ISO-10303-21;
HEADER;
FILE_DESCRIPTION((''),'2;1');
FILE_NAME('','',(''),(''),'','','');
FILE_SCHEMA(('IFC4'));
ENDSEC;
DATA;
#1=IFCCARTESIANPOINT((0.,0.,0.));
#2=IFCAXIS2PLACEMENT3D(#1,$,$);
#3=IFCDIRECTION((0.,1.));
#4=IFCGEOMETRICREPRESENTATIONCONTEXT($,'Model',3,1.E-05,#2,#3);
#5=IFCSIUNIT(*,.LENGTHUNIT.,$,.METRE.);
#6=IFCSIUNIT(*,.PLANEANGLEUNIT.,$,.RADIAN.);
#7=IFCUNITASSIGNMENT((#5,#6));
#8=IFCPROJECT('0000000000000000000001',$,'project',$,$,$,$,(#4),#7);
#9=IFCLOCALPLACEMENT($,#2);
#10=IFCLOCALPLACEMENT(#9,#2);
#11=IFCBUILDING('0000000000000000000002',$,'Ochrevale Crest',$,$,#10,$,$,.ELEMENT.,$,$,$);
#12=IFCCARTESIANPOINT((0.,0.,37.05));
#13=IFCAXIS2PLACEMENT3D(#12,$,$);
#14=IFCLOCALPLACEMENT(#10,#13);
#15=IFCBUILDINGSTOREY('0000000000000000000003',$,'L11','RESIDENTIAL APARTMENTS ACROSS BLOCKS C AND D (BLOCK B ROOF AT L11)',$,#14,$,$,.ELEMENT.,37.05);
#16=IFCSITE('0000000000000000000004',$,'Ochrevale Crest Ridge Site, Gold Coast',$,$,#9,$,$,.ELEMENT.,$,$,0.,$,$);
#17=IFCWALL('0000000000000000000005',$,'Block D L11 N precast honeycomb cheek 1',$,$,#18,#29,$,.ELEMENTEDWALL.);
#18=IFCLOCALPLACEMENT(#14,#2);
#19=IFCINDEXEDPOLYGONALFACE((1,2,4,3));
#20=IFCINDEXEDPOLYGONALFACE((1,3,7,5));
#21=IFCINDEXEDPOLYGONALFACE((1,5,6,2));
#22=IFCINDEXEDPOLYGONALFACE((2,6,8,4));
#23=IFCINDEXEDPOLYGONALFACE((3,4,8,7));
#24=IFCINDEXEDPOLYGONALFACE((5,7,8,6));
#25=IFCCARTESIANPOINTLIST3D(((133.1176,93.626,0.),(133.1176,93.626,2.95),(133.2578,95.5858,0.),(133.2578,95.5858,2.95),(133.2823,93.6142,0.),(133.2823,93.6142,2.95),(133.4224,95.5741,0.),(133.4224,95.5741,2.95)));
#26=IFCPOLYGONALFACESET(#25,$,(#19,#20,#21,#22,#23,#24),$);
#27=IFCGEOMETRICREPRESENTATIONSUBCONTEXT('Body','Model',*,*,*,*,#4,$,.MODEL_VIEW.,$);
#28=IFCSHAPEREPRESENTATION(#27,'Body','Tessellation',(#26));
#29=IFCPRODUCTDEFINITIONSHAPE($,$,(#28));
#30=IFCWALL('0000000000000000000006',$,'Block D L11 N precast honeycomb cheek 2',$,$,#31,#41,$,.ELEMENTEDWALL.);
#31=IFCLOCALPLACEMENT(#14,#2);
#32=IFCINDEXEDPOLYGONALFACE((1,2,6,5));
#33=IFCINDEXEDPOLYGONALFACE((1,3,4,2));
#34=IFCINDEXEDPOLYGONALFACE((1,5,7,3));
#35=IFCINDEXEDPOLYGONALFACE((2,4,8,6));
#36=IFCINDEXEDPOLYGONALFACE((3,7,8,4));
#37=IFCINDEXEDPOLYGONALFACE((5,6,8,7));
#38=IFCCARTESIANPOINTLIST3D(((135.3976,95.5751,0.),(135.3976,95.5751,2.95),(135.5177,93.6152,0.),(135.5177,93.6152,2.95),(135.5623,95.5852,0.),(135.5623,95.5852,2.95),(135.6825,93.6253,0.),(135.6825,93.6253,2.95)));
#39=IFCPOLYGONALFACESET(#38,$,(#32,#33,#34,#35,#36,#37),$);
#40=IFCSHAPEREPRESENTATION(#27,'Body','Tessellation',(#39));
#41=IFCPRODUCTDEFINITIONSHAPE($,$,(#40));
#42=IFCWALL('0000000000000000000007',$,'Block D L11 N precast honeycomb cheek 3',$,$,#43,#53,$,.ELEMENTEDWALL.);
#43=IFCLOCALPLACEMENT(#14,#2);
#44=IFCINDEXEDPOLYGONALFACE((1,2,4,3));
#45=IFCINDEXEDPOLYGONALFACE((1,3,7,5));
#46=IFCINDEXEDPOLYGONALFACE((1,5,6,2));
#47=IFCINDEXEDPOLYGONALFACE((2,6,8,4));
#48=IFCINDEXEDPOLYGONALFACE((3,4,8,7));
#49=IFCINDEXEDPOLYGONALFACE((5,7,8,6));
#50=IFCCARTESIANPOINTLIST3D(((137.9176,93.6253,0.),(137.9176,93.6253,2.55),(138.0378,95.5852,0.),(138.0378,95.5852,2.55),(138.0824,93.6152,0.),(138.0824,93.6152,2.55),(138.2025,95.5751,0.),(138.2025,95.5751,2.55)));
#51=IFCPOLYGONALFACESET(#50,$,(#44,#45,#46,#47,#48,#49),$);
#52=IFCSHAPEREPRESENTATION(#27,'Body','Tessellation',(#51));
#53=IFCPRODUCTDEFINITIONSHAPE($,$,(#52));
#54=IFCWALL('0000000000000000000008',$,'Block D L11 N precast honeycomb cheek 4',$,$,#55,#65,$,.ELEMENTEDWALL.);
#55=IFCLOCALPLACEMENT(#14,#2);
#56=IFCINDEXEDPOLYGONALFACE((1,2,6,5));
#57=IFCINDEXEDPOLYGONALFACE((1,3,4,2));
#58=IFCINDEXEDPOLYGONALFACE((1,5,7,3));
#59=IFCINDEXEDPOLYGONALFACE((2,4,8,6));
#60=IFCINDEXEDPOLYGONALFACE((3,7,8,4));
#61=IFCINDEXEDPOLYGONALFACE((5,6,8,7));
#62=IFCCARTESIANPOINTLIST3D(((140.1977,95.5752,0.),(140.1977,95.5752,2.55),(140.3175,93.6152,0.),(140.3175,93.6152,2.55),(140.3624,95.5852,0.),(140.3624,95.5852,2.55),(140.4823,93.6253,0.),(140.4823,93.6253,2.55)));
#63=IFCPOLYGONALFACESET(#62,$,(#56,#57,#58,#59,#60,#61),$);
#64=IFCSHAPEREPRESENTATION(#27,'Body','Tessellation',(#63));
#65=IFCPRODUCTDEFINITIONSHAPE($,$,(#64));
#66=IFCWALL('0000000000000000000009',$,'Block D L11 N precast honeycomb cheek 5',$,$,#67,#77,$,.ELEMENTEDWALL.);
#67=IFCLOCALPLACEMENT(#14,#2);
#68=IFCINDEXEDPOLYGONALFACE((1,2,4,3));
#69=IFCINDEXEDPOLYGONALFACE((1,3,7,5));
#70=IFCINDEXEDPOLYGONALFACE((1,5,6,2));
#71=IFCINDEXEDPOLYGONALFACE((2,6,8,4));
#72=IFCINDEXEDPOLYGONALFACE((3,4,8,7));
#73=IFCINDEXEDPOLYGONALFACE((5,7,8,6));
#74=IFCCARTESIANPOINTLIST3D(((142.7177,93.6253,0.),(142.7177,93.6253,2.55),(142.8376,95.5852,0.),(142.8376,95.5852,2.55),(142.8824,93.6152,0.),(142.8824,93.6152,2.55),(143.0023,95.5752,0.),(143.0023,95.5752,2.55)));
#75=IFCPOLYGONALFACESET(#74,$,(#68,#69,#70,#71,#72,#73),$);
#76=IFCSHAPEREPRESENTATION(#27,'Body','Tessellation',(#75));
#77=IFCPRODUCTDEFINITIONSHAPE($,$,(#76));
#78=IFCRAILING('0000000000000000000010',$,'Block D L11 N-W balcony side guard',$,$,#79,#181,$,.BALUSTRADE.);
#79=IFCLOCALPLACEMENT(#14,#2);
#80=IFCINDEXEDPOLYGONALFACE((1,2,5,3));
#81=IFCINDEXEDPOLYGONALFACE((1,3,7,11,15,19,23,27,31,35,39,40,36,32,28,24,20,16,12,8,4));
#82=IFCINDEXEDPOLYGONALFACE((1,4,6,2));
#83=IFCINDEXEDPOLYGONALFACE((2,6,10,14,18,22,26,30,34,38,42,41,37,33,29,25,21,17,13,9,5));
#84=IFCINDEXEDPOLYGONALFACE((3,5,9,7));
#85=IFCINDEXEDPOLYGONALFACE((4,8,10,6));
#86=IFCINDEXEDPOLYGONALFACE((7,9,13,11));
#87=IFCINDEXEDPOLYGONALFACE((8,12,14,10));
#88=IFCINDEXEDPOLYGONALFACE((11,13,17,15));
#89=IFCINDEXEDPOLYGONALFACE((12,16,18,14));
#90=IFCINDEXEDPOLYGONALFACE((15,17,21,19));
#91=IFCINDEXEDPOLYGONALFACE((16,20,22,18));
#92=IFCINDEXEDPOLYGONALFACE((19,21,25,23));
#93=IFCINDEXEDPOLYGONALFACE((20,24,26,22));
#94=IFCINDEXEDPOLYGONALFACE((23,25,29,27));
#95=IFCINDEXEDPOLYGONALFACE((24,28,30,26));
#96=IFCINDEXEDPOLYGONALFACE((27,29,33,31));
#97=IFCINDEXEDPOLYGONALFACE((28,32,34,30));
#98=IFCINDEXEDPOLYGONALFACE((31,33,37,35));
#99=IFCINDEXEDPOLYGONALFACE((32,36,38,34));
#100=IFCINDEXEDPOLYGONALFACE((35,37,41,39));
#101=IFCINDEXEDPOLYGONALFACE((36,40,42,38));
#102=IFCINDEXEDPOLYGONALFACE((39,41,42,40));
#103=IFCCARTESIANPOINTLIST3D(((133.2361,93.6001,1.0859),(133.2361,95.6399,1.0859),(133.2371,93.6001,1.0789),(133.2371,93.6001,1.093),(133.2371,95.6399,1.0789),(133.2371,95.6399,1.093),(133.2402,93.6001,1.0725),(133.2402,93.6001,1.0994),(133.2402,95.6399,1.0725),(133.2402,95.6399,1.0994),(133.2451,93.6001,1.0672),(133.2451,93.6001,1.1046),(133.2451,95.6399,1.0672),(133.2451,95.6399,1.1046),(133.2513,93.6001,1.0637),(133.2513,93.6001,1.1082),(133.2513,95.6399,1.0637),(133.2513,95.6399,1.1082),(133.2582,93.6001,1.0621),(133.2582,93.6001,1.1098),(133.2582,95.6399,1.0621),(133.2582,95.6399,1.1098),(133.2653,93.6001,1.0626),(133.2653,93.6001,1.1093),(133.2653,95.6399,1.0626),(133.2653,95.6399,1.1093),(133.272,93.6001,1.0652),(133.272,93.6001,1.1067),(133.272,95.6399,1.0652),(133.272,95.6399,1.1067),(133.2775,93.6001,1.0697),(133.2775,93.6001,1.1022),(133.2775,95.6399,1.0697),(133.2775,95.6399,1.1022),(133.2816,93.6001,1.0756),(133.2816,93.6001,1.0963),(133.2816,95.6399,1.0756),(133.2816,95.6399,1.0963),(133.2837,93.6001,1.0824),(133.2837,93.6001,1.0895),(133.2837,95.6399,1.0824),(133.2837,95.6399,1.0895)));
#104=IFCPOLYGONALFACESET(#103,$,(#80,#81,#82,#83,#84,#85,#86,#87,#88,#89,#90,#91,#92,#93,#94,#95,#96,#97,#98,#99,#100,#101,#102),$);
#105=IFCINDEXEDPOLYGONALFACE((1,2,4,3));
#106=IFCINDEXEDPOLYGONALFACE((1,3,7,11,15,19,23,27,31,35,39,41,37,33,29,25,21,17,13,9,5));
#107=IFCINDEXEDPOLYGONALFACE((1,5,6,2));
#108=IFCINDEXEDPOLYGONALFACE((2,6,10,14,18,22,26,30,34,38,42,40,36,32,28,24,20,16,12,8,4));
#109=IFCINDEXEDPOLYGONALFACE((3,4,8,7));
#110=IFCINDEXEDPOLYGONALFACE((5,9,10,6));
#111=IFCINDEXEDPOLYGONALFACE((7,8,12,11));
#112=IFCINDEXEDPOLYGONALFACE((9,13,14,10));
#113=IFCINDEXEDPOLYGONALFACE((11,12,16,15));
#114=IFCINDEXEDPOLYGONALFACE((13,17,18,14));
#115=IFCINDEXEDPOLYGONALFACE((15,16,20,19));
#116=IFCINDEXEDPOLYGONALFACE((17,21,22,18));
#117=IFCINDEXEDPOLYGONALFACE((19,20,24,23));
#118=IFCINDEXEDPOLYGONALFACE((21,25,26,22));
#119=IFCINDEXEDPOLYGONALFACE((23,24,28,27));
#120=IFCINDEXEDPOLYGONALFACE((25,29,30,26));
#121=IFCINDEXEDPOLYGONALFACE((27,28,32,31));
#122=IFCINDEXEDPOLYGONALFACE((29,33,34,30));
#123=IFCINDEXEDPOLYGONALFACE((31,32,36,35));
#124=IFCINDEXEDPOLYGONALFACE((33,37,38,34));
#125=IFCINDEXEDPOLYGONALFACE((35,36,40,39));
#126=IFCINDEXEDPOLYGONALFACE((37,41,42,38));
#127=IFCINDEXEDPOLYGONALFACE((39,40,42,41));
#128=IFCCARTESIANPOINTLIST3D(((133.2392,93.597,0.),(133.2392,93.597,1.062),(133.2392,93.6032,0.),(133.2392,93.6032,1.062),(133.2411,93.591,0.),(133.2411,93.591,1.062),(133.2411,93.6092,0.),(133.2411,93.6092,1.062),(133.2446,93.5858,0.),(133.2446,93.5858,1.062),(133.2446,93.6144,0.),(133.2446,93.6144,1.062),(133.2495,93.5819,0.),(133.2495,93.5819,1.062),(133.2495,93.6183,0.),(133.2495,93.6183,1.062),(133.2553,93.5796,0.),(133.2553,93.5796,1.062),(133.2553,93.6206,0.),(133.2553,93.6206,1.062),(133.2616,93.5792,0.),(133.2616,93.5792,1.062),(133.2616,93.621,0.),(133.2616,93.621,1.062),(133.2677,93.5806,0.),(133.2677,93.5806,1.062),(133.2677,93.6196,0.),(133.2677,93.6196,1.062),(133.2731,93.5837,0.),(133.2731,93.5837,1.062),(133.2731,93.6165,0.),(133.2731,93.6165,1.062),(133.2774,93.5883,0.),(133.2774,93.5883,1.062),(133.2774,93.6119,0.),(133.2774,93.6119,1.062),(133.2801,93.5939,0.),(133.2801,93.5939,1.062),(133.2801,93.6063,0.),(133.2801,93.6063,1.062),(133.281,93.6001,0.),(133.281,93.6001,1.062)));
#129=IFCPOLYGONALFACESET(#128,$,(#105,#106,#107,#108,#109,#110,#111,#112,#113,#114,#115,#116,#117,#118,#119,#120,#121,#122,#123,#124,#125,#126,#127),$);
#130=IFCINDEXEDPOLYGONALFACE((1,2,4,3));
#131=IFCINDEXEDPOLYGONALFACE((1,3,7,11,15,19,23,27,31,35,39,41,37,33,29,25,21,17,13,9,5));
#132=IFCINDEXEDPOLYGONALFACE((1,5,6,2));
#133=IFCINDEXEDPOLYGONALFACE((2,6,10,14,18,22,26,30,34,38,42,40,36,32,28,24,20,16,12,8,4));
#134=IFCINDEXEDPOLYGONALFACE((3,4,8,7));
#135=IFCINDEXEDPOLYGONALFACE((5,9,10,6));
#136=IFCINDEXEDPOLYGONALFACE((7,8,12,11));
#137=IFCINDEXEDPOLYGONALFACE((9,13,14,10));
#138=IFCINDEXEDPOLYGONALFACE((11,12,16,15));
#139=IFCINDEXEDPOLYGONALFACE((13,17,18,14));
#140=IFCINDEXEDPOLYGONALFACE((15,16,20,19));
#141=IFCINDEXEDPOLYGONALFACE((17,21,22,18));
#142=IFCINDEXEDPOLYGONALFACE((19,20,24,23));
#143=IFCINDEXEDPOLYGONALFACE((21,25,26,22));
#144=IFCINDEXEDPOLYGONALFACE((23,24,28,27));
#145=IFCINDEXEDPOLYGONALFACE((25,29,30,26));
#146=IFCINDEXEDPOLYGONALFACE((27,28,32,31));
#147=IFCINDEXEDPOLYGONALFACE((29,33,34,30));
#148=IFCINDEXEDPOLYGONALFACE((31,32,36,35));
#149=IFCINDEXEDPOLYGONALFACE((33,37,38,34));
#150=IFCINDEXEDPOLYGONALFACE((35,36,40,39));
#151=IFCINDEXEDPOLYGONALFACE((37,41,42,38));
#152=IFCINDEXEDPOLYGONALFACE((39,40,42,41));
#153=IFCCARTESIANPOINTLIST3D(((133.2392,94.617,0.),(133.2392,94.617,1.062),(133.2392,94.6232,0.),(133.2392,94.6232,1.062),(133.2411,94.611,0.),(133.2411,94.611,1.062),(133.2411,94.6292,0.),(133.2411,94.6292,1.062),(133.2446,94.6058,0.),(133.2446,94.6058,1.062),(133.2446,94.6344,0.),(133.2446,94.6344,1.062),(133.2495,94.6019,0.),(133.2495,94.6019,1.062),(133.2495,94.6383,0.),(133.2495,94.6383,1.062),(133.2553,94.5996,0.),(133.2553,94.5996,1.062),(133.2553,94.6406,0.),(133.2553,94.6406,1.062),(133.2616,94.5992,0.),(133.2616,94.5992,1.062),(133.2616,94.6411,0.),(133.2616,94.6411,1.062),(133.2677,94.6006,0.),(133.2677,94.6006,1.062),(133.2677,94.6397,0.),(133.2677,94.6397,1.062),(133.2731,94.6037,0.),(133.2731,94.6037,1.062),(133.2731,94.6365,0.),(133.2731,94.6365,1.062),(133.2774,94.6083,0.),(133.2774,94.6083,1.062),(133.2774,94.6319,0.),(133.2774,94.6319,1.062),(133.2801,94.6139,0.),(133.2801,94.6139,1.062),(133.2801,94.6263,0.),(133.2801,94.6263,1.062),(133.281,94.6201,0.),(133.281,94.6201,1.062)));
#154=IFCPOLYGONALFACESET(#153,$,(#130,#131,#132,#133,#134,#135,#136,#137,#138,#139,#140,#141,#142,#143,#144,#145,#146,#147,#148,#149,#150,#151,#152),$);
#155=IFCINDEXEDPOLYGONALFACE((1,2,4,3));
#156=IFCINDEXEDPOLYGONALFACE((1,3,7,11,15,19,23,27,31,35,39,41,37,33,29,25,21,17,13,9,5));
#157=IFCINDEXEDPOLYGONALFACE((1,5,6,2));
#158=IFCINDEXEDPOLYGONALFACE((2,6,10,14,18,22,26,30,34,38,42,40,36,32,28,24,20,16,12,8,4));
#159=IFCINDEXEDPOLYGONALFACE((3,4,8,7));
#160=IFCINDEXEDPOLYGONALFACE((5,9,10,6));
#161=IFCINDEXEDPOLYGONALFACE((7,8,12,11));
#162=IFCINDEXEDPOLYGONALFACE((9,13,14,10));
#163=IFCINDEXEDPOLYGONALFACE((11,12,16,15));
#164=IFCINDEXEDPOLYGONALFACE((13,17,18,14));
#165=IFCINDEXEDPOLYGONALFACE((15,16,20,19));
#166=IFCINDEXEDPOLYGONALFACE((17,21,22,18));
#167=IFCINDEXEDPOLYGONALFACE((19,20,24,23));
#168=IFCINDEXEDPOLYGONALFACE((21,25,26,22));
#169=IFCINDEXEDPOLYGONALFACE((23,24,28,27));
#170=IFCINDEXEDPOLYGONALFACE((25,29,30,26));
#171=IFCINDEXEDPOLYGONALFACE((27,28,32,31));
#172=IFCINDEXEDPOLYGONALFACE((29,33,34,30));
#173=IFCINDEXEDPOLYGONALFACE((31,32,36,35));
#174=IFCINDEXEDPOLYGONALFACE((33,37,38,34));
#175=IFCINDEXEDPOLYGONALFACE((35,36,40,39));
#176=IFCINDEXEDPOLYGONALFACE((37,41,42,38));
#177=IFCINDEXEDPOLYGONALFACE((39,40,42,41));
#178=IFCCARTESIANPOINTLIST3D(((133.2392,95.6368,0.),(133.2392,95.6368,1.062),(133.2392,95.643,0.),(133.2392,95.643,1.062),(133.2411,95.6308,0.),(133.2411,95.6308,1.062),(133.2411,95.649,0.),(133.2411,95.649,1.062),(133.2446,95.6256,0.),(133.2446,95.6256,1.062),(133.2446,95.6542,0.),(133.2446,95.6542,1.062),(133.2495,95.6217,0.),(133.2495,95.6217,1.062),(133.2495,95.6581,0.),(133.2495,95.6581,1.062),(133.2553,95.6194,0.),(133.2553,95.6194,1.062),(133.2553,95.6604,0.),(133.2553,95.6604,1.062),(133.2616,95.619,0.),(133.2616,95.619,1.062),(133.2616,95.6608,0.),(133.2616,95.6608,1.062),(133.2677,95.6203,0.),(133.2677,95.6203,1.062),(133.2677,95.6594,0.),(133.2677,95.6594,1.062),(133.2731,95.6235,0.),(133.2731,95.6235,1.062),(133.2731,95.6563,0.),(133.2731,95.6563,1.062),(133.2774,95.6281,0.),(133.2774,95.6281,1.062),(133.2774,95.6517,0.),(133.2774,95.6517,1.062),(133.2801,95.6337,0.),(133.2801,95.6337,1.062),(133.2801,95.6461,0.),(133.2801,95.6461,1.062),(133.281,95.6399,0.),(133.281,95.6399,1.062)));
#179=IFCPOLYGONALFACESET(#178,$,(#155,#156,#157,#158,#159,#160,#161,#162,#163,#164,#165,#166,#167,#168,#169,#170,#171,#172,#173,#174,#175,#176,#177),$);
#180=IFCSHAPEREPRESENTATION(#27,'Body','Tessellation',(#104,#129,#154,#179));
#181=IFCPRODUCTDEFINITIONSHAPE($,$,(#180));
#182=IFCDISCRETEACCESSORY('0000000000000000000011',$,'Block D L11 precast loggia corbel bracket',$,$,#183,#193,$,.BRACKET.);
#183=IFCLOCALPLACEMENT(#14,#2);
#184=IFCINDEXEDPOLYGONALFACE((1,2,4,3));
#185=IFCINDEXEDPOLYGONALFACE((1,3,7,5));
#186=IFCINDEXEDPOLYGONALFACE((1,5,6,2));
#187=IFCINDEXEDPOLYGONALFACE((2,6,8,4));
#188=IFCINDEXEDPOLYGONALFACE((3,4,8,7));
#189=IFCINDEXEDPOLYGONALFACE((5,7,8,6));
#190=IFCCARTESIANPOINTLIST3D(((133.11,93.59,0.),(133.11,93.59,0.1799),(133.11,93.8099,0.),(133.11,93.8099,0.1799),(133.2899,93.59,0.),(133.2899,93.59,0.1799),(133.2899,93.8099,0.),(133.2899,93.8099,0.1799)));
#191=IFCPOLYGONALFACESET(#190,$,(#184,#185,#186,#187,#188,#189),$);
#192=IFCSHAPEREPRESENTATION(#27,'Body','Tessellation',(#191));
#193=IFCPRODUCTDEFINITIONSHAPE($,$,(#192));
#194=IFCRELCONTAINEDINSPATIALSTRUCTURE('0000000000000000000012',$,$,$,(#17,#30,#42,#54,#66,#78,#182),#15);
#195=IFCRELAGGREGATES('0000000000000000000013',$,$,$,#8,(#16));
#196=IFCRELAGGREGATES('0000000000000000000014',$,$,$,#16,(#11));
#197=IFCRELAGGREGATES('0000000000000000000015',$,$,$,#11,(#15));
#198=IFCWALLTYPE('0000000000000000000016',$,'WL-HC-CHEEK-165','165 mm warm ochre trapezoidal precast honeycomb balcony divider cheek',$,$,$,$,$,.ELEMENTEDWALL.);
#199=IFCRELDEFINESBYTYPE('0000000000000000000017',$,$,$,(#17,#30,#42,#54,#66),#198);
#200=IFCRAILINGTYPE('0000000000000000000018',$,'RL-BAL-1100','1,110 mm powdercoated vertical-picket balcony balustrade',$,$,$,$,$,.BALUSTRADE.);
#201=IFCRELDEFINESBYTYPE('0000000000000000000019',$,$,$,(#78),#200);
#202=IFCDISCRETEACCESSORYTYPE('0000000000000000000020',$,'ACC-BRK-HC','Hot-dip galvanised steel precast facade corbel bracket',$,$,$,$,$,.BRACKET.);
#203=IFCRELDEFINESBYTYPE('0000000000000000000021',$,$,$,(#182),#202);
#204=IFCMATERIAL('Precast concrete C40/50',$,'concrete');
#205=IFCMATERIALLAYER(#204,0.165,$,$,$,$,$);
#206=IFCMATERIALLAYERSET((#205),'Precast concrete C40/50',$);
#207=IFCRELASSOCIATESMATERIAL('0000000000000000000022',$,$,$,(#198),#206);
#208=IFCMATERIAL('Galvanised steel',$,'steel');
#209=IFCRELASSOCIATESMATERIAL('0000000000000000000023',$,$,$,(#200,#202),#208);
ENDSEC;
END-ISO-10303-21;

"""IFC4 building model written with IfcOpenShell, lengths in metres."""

from ifc_helpers import new_model, si_unit, direction, frame, frame_2d, origin, origin_2d, place, context, subcontext, project, spatial, rectangle, circle, extrude, material, layer, layer_set, type_object, element, save


model = new_model("IFC4")

# Units and contexts
model_context = context("Model", 3, precision=1e-05, world=origin(), true_north=direction((0.0, 1.0)))
body_context = subcontext(model_context, "Body", "Model", "MODEL_VIEW")
ifc_project = project(units=[si_unit("LENGTHUNIT", "METRE"), si_unit("PLANEANGLEUNIT", "RADIAN")], contexts=[model_context])

# Site, building, storey
site_placement = place(None, origin())
site = spatial("IfcSite", under=ifc_project, at=site_placement, Name="Ochrevale Crest Ridge Site, Gold Coast", CompositionType="ELEMENT", RefElevation=0.0)
building_placement = place(site_placement, origin())
building = spatial("IfcBuilding", under=site, at=building_placement, Name="Ochrevale Crest", CompositionType="ELEMENT")
storey_placement = place(building_placement, frame((0.0, 0.0, 37.05)))
storey = spatial("IfcBuildingStorey", under=building, at=storey_placement, Name="L11", Description="RESIDENTIAL APARTMENTS ACROSS BLOCKS C AND D (BLOCK B ROOF AT L11)", CompositionType="ELEMENT", Elevation=37.05)

# Shared definitions
ifc_material_1 = material(Name="Precast concrete C40/50", Category="concrete")

# Walls
ifc_layer_1 = layer(ifc_material_1, 0.165)
ifc_layer_set_1 = layer_set([ifc_layer_1], Name="Precast concrete C40/50")
wall_type = type_object("IfcWallType", Name="WL-HC-CHEEK-165", Description="165 mm warm ochre trapezoidal precast honeycomb balcony divider cheek", PredefinedType="ELEMENTEDWALL", material=ifc_layer_set_1)
wall_1_placement = place(storey_placement, frame((133.2, 93.6201, 0.0), z_axis=(0.0, 0.0, 1.0), x_axis=(0.071318, 0.997454, 0.0)))
element("IfcWall", 1, at=wall_1_placement, inside=storey, type_object=wall_type, Name="Block D L11 N precast honeycomb cheek 1", PredefinedType="ELEMENTEDWALL", context=body_context, shape_type="SweptSolid", body=[
    extrude(rectangle(XDim=1.9648, YDim=0.165, at=frame_2d((0.9824, 0.0))), origin(), (0.0, 0.0, 1.0), 2.95),
])
wall_2_placement = place(storey_placement, frame((135.6001, 93.6201, 0.0), z_axis=(0.0, 0.0, 1.0), x_axis=(-0.061171, 0.998127, 0.0)))
element("IfcWall", 2, at=wall_2_placement, inside=storey, type_object=wall_type, Name="Block D L11 N precast honeycomb cheek 2", PredefinedType="ELEMENTEDWALL", context=body_context, shape_type="SweptSolid", body=[
    extrude(rectangle(XDim=1.9636, YDim=0.165, at=frame_2d((0.9819, 0.0))), origin(), (0.0, 0.0, 1.0), 2.95),
])
for number, where, z_axis, x_axis, name in (
    (3, (138.0, 93.6201, 0.0), (0.0, 0.0, 1.0), (0.061171, 0.998127, 0.0), "Block D L11 N precast honeycomb cheek 3"),
    (4, (140.3999, 93.6201, 0.0), (0.0, 0.0, 1.0), (-0.061047, 0.998135, 0.0), "Block D L11 N precast honeycomb cheek 4"),
    (5, (142.8, 93.6201, 0.0), (0.0, 0.0, 1.0), (0.061047, 0.998135, 0.0), "Block D L11 N precast honeycomb cheek 5"),
):
    element("IfcWall", number, at=place(storey_placement, frame(where, z_axis=z_axis, x_axis=x_axis)), inside=storey, type_object=wall_type, Name=name, PredefinedType="ELEMENTEDWALL", context=body_context, shape_type="SweptSolid", body=[
        extrude(rectangle(XDim=1.9636, YDim=0.165, at=frame_2d((0.9819, 0.0))), origin(), (0.0, 0.0, 1.0), 2.55),
    ])

# Railing
ifc_material_2 = material(Name="Galvanised steel", Category="steel")
railing_type = type_object("IfcRailingType", Name="RL-BAL-1100", Description="1,110 mm powdercoated vertical-picket balcony balustrade", PredefinedType="BALUSTRADE", material=ifc_material_2)
railing_1_placement = place(storey_placement, frame((133.26, 93.6001, 0.0)))
element("IfcRailing", 6, at=railing_1_placement, inside=storey, type_object=railing_type, Name="Block D L11 N-W balcony side guard", PredefinedType="BALUSTRADE", context=body_context, shape_type="SweptSolid", body=[
    extrude(circle(Radius=0.0239, at=origin_2d()), frame((0.0, 0.0, 1.0859), z_axis=(0.0, 1.0, 0.0), x_axis=(-1.0, 0.0, 0.0)), (0.0, 0.0, 1.0), 2.0398),
    extrude(circle(Radius=0.021, at=origin_2d()), origin(), (0.0, 0.0, 1.0), 1.062),
    extrude(circle(Radius=0.021, at=origin_2d()), frame((0.0, 1.02, 0.0)), (0.0, 0.0, 1.0), 1.062),
    extrude(circle(Radius=0.021, at=origin_2d()), frame((0.0, 2.0398, 0.0)), (0.0, 0.0, 1.0), 1.062),
])

# Discrete accessory
discrete_accessory_type = type_object("IfcDiscreteAccessoryType", Name="ACC-BRK-HC", Description="Hot-dip galvanised steel precast facade corbel bracket", PredefinedType="BRACKET", material=ifc_material_2)
discrete_accessory_placement = place(storey_placement, frame((133.2, 93.7, 0.0), z_axis=(0.0, 0.0, 1.0), x_axis=(1.0, 0.0, 0.0)))
element("IfcDiscreteAccessory", 7, at=discrete_accessory_placement, inside=storey, type_object=discrete_accessory_type, Name="Block D L11 precast loggia corbel bracket", PredefinedType="BRACKET", context=body_context, shape_type="SweptSolid", body=[
    extrude(rectangle(XDim=0.1799, YDim=0.22, at=origin_2d()), origin(), (0.0, 0.0, 1.0), 0.1799),
])

save(model, "model.ifc")
